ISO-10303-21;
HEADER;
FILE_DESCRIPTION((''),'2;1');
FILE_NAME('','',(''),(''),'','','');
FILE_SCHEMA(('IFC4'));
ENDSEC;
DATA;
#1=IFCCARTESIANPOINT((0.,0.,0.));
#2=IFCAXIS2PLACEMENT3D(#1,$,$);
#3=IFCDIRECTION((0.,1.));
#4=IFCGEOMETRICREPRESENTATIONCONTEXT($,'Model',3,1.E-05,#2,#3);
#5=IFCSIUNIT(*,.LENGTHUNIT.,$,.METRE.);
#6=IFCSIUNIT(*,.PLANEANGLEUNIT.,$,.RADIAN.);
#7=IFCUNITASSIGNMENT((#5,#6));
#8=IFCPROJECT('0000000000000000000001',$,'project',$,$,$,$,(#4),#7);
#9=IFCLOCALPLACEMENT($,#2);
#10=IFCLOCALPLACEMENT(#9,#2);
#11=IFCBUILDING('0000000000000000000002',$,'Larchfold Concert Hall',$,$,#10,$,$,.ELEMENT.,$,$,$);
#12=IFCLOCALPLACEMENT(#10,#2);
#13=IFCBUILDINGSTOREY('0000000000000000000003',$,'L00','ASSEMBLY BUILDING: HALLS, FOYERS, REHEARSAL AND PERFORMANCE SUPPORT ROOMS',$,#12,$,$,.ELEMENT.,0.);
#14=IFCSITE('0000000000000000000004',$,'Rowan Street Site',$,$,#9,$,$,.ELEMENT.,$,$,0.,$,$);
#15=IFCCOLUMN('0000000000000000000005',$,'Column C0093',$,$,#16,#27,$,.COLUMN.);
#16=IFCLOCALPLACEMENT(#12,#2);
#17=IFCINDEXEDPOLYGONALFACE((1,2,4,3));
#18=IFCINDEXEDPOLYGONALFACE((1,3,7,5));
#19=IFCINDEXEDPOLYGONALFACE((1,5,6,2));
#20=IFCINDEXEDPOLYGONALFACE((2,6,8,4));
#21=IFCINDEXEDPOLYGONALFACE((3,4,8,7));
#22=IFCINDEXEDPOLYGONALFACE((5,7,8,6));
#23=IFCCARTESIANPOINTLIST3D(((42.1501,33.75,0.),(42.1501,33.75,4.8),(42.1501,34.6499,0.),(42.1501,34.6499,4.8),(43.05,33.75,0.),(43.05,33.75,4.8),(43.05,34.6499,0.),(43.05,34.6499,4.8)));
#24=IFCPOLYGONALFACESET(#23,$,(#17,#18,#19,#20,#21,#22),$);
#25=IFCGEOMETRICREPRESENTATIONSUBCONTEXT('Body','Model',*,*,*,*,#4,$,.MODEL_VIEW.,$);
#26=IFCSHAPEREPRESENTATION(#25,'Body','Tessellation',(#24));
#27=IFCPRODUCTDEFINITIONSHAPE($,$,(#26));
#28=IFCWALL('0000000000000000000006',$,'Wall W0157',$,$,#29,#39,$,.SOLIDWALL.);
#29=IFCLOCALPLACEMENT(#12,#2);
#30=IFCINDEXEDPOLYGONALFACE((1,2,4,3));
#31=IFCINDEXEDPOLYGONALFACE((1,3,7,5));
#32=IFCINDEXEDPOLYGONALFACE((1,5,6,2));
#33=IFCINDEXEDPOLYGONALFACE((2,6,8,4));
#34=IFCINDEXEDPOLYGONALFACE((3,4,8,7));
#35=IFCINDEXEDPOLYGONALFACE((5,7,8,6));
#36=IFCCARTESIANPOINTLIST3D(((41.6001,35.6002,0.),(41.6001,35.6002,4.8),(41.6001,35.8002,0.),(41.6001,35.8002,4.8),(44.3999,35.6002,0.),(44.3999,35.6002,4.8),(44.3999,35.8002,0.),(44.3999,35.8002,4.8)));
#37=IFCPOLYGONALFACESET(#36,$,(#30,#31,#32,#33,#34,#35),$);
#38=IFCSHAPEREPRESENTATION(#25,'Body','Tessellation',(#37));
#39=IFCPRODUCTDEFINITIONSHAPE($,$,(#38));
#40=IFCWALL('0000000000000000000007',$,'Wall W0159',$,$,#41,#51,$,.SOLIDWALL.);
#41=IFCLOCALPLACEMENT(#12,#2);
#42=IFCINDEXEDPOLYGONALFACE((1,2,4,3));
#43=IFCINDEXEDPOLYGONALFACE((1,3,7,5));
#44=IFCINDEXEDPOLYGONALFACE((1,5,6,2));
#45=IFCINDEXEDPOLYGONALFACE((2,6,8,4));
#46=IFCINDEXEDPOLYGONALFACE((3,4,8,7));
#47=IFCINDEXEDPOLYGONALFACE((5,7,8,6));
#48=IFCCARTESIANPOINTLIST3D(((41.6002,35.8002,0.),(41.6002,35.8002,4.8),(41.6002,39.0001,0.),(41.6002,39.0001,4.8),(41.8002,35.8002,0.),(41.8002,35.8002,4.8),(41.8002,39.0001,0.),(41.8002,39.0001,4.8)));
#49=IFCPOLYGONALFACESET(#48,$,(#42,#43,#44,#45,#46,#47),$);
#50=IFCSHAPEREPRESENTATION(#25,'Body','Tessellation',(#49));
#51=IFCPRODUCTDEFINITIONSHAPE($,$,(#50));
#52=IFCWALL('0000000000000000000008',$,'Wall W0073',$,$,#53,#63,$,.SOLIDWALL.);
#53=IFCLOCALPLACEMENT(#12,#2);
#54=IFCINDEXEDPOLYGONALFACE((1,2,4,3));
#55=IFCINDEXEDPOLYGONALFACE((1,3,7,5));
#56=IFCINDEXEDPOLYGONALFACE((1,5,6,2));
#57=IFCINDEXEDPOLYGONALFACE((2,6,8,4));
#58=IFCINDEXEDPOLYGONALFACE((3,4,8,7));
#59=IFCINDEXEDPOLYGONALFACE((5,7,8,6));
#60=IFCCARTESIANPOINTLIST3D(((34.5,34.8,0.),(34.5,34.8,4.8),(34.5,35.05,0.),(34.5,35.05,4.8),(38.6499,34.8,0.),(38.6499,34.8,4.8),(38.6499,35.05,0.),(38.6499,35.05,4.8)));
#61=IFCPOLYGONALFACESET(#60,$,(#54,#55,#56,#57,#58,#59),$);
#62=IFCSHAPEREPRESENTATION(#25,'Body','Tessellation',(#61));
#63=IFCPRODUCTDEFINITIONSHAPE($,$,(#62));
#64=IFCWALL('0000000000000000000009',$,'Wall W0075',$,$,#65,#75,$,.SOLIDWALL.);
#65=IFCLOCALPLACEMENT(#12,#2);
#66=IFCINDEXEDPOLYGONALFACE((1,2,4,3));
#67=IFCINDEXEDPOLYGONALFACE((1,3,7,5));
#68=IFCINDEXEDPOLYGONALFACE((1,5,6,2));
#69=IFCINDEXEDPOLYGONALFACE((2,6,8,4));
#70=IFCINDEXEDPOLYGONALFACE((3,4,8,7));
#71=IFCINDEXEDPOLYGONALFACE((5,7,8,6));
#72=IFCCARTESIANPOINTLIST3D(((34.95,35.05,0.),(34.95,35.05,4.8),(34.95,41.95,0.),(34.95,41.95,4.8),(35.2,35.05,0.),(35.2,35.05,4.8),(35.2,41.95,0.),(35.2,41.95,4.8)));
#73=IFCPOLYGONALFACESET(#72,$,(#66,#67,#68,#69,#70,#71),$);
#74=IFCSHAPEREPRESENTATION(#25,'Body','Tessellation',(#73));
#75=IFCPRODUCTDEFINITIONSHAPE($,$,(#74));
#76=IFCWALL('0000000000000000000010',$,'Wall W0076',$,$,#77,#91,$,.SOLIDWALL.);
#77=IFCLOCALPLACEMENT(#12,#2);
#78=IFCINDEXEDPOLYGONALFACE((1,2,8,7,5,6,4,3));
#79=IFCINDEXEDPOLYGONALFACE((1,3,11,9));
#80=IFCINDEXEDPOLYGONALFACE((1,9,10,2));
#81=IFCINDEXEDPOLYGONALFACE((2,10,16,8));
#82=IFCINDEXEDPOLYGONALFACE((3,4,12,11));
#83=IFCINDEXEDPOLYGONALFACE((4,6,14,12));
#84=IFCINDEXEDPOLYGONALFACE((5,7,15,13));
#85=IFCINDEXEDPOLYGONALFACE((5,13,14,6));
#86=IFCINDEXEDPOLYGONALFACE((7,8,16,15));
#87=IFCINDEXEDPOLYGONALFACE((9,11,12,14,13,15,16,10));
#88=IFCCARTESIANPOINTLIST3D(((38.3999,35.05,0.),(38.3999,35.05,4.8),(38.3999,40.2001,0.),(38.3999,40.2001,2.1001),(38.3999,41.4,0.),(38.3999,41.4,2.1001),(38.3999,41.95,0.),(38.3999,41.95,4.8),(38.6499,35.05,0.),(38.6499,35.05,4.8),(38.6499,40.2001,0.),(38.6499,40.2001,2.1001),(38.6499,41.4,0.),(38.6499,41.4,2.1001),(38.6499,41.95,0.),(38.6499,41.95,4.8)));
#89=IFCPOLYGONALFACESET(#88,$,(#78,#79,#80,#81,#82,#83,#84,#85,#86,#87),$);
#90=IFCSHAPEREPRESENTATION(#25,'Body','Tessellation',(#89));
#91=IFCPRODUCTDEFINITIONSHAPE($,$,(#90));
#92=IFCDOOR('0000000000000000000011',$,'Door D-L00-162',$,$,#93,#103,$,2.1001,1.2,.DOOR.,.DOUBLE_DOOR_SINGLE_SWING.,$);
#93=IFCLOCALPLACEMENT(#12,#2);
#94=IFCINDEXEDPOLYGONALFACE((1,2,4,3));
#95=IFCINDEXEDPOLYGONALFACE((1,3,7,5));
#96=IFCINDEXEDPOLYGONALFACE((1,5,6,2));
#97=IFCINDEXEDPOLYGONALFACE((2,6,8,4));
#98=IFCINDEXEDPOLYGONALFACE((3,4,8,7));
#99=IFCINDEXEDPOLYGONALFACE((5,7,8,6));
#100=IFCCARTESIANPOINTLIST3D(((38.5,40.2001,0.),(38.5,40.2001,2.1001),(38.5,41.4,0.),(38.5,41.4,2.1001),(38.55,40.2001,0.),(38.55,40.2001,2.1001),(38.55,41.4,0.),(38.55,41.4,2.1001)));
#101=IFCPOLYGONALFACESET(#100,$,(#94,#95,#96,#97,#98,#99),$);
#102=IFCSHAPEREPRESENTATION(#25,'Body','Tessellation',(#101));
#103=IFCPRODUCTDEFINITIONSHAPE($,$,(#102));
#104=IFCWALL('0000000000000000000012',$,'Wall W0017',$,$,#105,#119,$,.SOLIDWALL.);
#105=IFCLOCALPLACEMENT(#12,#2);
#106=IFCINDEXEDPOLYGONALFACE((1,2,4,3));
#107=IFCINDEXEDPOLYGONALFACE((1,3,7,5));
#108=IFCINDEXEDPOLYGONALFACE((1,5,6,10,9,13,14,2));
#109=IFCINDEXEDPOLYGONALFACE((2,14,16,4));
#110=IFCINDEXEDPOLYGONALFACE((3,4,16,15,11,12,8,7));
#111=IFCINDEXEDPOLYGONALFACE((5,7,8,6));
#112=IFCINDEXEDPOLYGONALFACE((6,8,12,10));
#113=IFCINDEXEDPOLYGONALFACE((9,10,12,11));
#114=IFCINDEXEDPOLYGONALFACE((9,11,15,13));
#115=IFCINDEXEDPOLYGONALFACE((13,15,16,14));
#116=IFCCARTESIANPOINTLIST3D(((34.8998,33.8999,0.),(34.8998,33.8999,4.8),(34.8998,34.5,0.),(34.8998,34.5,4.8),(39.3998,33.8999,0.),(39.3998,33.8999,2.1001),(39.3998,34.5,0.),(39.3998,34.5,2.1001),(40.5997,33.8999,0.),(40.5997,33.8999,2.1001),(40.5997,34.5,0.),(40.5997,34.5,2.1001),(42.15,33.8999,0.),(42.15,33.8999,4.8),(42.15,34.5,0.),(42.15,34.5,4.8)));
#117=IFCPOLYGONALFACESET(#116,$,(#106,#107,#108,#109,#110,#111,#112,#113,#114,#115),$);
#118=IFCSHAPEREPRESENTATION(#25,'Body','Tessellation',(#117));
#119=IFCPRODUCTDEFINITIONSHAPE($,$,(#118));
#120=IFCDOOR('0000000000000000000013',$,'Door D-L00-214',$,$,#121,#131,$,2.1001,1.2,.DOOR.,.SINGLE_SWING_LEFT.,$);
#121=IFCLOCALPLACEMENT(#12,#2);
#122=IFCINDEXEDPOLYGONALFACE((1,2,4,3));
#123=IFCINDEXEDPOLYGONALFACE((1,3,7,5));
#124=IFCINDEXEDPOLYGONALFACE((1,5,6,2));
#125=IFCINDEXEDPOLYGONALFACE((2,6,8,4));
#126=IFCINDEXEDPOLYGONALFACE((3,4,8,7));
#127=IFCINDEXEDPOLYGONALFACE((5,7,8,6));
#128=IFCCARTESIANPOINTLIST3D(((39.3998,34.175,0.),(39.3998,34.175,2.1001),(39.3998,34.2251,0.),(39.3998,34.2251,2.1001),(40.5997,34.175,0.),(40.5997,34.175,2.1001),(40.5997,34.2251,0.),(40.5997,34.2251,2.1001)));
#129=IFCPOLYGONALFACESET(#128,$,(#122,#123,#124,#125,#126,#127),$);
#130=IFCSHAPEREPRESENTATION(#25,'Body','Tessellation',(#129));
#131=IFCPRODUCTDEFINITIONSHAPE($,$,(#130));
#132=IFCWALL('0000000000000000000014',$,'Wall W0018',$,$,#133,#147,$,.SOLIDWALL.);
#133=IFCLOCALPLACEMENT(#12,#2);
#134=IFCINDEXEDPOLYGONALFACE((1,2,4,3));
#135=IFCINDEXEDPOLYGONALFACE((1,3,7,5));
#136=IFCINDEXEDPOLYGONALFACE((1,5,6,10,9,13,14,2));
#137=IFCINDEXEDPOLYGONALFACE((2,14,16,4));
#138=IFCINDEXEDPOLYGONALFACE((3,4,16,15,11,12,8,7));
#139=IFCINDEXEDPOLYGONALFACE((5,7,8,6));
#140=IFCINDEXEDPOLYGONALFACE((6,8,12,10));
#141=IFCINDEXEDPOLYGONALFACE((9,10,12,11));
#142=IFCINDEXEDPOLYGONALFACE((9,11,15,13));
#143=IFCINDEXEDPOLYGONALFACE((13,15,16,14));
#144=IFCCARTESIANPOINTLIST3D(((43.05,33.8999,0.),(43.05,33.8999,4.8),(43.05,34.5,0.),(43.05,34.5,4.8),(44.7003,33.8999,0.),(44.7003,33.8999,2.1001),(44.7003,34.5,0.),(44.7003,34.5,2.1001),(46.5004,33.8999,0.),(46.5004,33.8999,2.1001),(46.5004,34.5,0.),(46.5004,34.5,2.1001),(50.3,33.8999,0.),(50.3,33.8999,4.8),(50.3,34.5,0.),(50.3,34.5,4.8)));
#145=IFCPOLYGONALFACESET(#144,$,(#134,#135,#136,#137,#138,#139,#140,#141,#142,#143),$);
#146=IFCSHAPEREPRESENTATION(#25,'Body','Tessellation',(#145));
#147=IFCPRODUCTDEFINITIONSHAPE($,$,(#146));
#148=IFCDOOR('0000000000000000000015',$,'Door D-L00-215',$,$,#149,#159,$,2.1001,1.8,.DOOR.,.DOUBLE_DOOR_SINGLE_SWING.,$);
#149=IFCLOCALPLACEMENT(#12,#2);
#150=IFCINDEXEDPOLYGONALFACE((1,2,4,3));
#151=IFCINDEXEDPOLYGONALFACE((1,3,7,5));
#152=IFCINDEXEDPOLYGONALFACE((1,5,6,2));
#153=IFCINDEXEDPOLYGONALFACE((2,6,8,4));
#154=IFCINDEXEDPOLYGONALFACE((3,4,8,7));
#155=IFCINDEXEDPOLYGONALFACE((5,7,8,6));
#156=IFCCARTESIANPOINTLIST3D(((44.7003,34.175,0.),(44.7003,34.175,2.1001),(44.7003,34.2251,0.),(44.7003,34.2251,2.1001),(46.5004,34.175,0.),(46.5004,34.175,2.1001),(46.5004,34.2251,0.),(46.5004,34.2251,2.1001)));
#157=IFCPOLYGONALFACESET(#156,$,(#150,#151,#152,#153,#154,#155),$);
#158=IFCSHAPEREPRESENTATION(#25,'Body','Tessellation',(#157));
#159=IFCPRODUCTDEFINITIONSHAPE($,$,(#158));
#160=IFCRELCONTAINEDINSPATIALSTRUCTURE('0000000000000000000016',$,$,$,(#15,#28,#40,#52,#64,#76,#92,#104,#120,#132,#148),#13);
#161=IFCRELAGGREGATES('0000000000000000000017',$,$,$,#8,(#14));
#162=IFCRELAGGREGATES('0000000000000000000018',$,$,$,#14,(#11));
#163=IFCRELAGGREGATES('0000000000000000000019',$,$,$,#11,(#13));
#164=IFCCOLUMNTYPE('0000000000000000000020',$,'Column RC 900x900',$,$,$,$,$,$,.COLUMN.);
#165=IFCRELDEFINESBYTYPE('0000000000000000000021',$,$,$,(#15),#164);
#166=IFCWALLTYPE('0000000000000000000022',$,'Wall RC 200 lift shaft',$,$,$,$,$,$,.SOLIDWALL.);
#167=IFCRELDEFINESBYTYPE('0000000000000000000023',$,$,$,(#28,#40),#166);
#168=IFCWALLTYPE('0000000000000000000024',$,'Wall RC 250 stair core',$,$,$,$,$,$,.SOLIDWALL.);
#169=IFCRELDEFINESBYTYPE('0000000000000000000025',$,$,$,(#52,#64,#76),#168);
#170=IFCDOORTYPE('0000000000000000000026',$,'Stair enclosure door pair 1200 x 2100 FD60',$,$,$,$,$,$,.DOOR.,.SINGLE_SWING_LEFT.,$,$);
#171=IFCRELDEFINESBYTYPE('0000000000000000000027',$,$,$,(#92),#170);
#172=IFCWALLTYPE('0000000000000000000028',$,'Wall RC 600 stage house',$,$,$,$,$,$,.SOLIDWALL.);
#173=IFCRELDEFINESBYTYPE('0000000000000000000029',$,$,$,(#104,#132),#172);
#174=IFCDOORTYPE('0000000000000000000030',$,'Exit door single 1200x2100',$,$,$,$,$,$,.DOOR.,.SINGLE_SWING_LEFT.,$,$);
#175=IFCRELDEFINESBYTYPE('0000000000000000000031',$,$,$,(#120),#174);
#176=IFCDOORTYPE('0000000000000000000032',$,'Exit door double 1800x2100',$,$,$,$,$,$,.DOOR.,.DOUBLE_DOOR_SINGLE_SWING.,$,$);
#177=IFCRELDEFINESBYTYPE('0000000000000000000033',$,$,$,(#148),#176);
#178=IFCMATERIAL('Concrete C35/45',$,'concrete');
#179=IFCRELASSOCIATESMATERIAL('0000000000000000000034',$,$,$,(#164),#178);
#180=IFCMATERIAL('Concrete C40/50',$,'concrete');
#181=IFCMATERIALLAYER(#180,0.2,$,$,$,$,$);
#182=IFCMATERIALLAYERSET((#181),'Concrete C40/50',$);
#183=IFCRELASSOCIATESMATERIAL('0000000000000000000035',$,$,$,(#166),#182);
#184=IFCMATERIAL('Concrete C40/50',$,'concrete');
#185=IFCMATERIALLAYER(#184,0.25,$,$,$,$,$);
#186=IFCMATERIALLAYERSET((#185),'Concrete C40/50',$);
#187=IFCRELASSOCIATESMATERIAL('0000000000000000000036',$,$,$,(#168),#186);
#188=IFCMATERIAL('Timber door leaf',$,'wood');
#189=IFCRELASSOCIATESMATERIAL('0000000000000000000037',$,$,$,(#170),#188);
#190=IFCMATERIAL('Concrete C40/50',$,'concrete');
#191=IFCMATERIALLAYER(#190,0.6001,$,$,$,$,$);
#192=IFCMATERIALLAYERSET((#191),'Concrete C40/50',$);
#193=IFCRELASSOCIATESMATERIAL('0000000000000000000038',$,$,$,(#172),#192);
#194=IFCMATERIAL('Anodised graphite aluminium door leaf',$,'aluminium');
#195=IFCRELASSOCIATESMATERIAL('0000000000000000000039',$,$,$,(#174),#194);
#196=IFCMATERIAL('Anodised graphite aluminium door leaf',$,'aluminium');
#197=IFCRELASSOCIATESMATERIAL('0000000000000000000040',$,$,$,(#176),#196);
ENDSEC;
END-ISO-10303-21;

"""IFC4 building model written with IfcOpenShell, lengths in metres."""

from ifc_helpers import new_model, si_unit, direction, frame, frame_2d, origin, origin_2d, place, context, subcontext, project, spatial, rectangle, extrude, material, layer, layer_set, material_profile, profile_set, type_object, element, fill, save


model = new_model("IFC4")

# Units and contexts
model_context = context("Model", 3, precision=1e-05, world=origin(), true_north=direction((0.0, 1.0)))
body_context = subcontext(model_context, "Body", "Model", "MODEL_VIEW")
ifc_project = project(units=[si_unit("LENGTHUNIT", "METRE"), si_unit("PLANEANGLEUNIT", "RADIAN")], contexts=[model_context])

# Site, building, storey
site_placement = place(None, origin())
site = spatial("IfcSite", under=ifc_project, at=site_placement, Name="Rowan Street Site", CompositionType="ELEMENT", RefElevation=0.0)
building_placement = place(site_placement, origin())
building = spatial("IfcBuilding", under=site, at=building_placement, Name="Larchfold Concert Hall", CompositionType="ELEMENT")
storey_placement = place(building_placement, origin())
storey = spatial("IfcBuildingStorey", under=building, at=storey_placement, Name="L00", Description="ASSEMBLY BUILDING: HALLS, FOYERS, REHEARSAL AND PERFORMANCE SUPPORT ROOMS", CompositionType="ELEMENT", Elevation=0.0)

# Column
ifc_material_1 = material(Name="Concrete C35/45", Category="concrete")
ifc_material_profile = material_profile(ifc_material_1, rectangle(XDim=0.8999, YDim=0.8999, at=origin_2d()))
ifc_profile_set = profile_set([ifc_material_profile], Name="Concrete C35/45")
column_type = type_object("IfcColumnType", Name="Column RC 900x900", PredefinedType="COLUMN", material=ifc_profile_set)
column_placement = place(storey_placement, frame((42.6001, 34.2, 0.0), z_axis=(0.0, 0.0, 1.0), x_axis=(1.0, 0.0, 0.0)))
element("IfcColumn", 1, at=column_placement, inside=storey, type_object=column_type, Name="Column C0093", PredefinedType="COLUMN", context=body_context, shape_type="SweptSolid", body=[
    extrude(rectangle(XDim=0.8999, YDim=0.8999, at=origin_2d()), origin(), (0.0, 0.0, 1.0), 4.8),
])

# Walls
ifc_material_2 = material(Name="Concrete C40/50", Category="concrete")
ifc_layer_1 = layer(ifc_material_2, 0.2)
ifc_layer_set_1 = layer_set([ifc_layer_1], Name="Concrete C40/50")
wall_type_1 = type_object("IfcWallType", Name="Wall RC 200 lift shaft", PredefinedType="SOLIDWALL", material=ifc_layer_set_1)
wall_1_placement = place(storey_placement, frame((41.6001, 35.7002, 0.0), z_axis=(0.0, 0.0, 1.0), x_axis=(1.0, 0.0, 0.0)))
element("IfcWall", 2, at=wall_1_placement, inside=storey, type_object=wall_type_1, Name="Wall W0157", PredefinedType="SOLIDWALL", context=body_context, shape_type="SweptSolid", body=[
    extrude(rectangle(XDim=2.7998, YDim=0.2, at=frame_2d((1.3999, 0.0))), origin(), (0.0, 0.0, 1.0), 4.8),
])
wall_2_placement = place(storey_placement, frame((41.7002, 35.8, 0.0), z_axis=(0.0, 0.0, 1.0), x_axis=(0.0, 1.0, 0.0)))
element("IfcWall", 3, at=wall_2_placement, inside=storey, type_object=wall_type_1, Name="Wall W0159", PredefinedType="SOLIDWALL", context=body_context, shape_type="SweptSolid", body=[
    extrude(rectangle(XDim=3.2, YDim=0.2, at=frame_2d((1.6001, 0.0))), origin(), (0.0, 0.0, 1.0), 4.8),
])
ifc_material_3 = material(Name="Concrete C40/50", Category="concrete")
ifc_layer_2 = layer(ifc_material_3, 0.25)
ifc_layer_set_2 = layer_set([ifc_layer_2], Name="Concrete C40/50")
wall_type_2 = type_object("IfcWallType", Name="Wall RC 250 stair core", PredefinedType="SOLIDWALL", material=ifc_layer_set_2)
wall_3_placement = place(storey_placement, frame((34.5, 34.925, 0.0), z_axis=(0.0, 0.0, 1.0), x_axis=(1.0, 0.0, 0.0)))
element("IfcWall", 4, at=wall_3_placement, inside=storey, type_object=wall_type_2, Name="Wall W0073", PredefinedType="SOLIDWALL", context=body_context, shape_type="SweptSolid", body=[
    extrude(rectangle(XDim=4.1499, YDim=0.25, at=frame_2d((2.075, 0.0))), origin(), (0.0, 0.0, 1.0), 4.8),
])
wall_4_placement = place(storey_placement, frame((35.075, 35.05, 0.0), z_axis=(0.0, 0.0, 1.0), x_axis=(0.0, 1.0, 0.0)))
element("IfcWall", 5, at=wall_4_placement, inside=storey, type_object=wall_type_2, Name="Wall W0075", PredefinedType="SOLIDWALL", context=body_context, shape_type="SweptSolid", body=[
    extrude(rectangle(XDim=6.8999, YDim=0.25, at=frame_2d((3.45, 0.0))), origin(), (0.0, 0.0, 1.0), 4.8),
])

# Walls, openings, doors
wall_5_placement = place(storey_placement, frame((38.5249, 35.05, 0.0), z_axis=(0.0, 0.0, 1.0), x_axis=(0.0, 1.0, 0.0)))
wall_5 = element("IfcWall", 6, at=wall_5_placement, inside=storey, type_object=wall_type_2, Name="Wall W0076", PredefinedType="SOLIDWALL", context=body_context, shape_type="SweptSolid", body=[
    extrude(rectangle(XDim=6.8999, YDim=0.25, at=frame_2d((3.45, 0.0))), origin(), (0.0, 0.0, 1.0), 4.8),
])
opening_1_placement = place(wall_5_placement, frame((5.1499, 0.0, 0.0)))
opening_1 = element("IfcOpeningElement", 7, at=opening_1_placement, cuts=wall_5, PredefinedType="OPENING", context=body_context, shape_type="SweptSolid", body=[
    extrude(rectangle(XDim=1.2, YDim=2.1001, at=frame_2d((0.6001, 1.05))), frame((0.0, 0.135, 0.0), z_axis=(0.0, -1.0, 0.0), x_axis=(1.0, 0.0, 0.0)), (0.0, 0.0, 1.0), 0.27),
])
ifc_material_4 = material(Name="Timber door leaf", Category="wood")
door_type_1 = type_object("IfcDoorType", Name="Stair enclosure door pair 1200 x 2100 FD60", OperationType="SINGLE_SWING_LEFT", PredefinedType="DOOR", material=ifc_material_4)
door_1_placement = place(opening_1_placement, origin())
door_1 = element("IfcDoor", 8, at=door_1_placement, inside=storey, type_object=door_type_1, Name="Door D-L00-162", OperationType="DOUBLE_DOOR_SINGLE_SWING", OverallHeight=2.1001, OverallWidth=1.2, PredefinedType="DOOR", context=body_context, shape_type="SweptSolid", body=[
    extrude(rectangle(XDim=1.2, YDim=2.1001, at=frame_2d((0.6001, 1.05))), frame((0.0, 0.0249, 0.0), z_axis=(0.0, -1.0, 0.0), x_axis=(1.0, 0.0, 0.0)), (0.0, 0.0, 1.0), 0.05),
])
fill(opening_1, door_1)
ifc_material_5 = material(Name="Concrete C40/50", Category="concrete")
ifc_layer_3 = layer(ifc_material_5, 0.6001)
ifc_layer_set_3 = layer_set([ifc_layer_3], Name="Concrete C40/50")
wall_type_3 = type_object("IfcWallType", Name="Wall RC 600 stage house", PredefinedType="SOLIDWALL", material=ifc_layer_set_3)
wall_6_placement = place(storey_placement, frame((34.8999, 34.2, 0.0), z_axis=(0.0, 0.0, 1.0), x_axis=(1.0, 0.0, 0.0)))
wall_6 = element("IfcWall", 9, at=wall_6_placement, inside=storey, type_object=wall_type_3, Name="Wall W0017", PredefinedType="SOLIDWALL", context=body_context, shape_type="SweptSolid", body=[
    extrude(rectangle(XDim=7.2502, YDim=0.6001, at=frame_2d((3.625, 0.0))), origin(), (0.0, 0.0, 1.0), 4.8),
])
opening_2_placement = place(wall_6_placement, frame((5.7, 0.0, 0.0), z_axis=(0.0, 0.0, 1.0), x_axis=(-1.0, 0.0, 0.0)))
opening_2 = element("IfcOpeningElement", 10, at=opening_2_placement, cuts=wall_6, PredefinedType="OPENING", context=body_context, shape_type="SweptSolid", body=[
    extrude(rectangle(XDim=1.2, YDim=2.1001, at=frame_2d((0.6001, 1.05))), frame((0.0, 0.3101, 0.0), z_axis=(0.0, -1.0, 0.0), x_axis=(1.0, 0.0, 0.0)), (0.0, 0.0, 1.0), 0.6201),
])
ifc_material_6 = material(Name="Anodised graphite aluminium door leaf", Category="aluminium")
door_type_2 = type_object("IfcDoorType", Name="Exit door single 1200x2100", OperationType="SINGLE_SWING_LEFT", PredefinedType="DOOR", material=ifc_material_6)
door_2_placement = place(opening_2_placement, origin())
door_2 = element("IfcDoor", 11, at=door_2_placement, inside=storey, type_object=door_type_2, Name="Door D-L00-214", OperationType="SINGLE_SWING_LEFT", OverallHeight=2.1001, OverallWidth=1.2, PredefinedType="DOOR", context=body_context, shape_type="SweptSolid", body=[
    extrude(rectangle(XDim=1.2, YDim=2.1001, at=frame_2d((0.6001, 1.05))), frame((0.0, 0.0249, 0.0), z_axis=(0.0, -1.0, 0.0), x_axis=(1.0, 0.0, 0.0)), (0.0, 0.0, 1.0), 0.05),
])
fill(opening_2, door_2)
wall_7_placement = place(storey_placement, frame((43.05, 34.2, 0.0), z_axis=(0.0, 0.0, 1.0), x_axis=(1.0, 0.0, 0.0)))
wall_7 = element("IfcWall", 12, at=wall_7_placement, inside=storey, type_object=wall_type_3, Name="Wall W0018", PredefinedType="SOLIDWALL", context=body_context, shape_type="SweptSolid", body=[
    extrude(rectangle(XDim=7.25, YDim=0.6001, at=frame_2d((3.625, 0.0))), origin(), (0.0, 0.0, 1.0), 4.8),
])
opening_3_placement = place(wall_7_placement, frame((3.4502, 0.0, 0.0), z_axis=(0.0, 0.0, 1.0), x_axis=(-1.0, 0.0, 0.0)))
opening_3 = element("IfcOpeningElement", 13, at=opening_3_placement, cuts=wall_7, PredefinedType="OPENING", context=body_context, shape_type="SweptSolid", body=[
    extrude(rectangle(XDim=1.8, YDim=2.1001, at=frame_2d((0.8999, 1.05))), frame((0.0, 0.3101, 0.0), z_axis=(0.0, -1.0, 0.0), x_axis=(1.0, 0.0, 0.0)), (0.0, 0.0, 1.0), 0.6201),
])
ifc_material_7 = material(Name="Anodised graphite aluminium door leaf", Category="aluminium")
door_type_3 = type_object("IfcDoorType", Name="Exit door double 1800x2100", OperationType="DOUBLE_DOOR_SINGLE_SWING", PredefinedType="DOOR", material=ifc_material_7)
door_3_placement = place(opening_3_placement, origin())
door_3 = element("IfcDoor", 14, at=door_3_placement, inside=storey, type_object=door_type_3, Name="Door D-L00-215", OperationType="DOUBLE_DOOR_SINGLE_SWING", OverallHeight=2.1001, OverallWidth=1.8, PredefinedType="DOOR", context=body_context, shape_type="SweptSolid", body=[
    extrude(rectangle(XDim=1.8, YDim=2.1001, at=frame_2d((0.8999, 1.05))), frame((0.0, 0.0249, 0.0), z_axis=(0.0, -1.0, 0.0), x_axis=(1.0, 0.0, 0.0)), (0.0, 0.0, 1.0), 0.05),
])
fill(opening_3, door_3)

save(model, "model.ifc")
